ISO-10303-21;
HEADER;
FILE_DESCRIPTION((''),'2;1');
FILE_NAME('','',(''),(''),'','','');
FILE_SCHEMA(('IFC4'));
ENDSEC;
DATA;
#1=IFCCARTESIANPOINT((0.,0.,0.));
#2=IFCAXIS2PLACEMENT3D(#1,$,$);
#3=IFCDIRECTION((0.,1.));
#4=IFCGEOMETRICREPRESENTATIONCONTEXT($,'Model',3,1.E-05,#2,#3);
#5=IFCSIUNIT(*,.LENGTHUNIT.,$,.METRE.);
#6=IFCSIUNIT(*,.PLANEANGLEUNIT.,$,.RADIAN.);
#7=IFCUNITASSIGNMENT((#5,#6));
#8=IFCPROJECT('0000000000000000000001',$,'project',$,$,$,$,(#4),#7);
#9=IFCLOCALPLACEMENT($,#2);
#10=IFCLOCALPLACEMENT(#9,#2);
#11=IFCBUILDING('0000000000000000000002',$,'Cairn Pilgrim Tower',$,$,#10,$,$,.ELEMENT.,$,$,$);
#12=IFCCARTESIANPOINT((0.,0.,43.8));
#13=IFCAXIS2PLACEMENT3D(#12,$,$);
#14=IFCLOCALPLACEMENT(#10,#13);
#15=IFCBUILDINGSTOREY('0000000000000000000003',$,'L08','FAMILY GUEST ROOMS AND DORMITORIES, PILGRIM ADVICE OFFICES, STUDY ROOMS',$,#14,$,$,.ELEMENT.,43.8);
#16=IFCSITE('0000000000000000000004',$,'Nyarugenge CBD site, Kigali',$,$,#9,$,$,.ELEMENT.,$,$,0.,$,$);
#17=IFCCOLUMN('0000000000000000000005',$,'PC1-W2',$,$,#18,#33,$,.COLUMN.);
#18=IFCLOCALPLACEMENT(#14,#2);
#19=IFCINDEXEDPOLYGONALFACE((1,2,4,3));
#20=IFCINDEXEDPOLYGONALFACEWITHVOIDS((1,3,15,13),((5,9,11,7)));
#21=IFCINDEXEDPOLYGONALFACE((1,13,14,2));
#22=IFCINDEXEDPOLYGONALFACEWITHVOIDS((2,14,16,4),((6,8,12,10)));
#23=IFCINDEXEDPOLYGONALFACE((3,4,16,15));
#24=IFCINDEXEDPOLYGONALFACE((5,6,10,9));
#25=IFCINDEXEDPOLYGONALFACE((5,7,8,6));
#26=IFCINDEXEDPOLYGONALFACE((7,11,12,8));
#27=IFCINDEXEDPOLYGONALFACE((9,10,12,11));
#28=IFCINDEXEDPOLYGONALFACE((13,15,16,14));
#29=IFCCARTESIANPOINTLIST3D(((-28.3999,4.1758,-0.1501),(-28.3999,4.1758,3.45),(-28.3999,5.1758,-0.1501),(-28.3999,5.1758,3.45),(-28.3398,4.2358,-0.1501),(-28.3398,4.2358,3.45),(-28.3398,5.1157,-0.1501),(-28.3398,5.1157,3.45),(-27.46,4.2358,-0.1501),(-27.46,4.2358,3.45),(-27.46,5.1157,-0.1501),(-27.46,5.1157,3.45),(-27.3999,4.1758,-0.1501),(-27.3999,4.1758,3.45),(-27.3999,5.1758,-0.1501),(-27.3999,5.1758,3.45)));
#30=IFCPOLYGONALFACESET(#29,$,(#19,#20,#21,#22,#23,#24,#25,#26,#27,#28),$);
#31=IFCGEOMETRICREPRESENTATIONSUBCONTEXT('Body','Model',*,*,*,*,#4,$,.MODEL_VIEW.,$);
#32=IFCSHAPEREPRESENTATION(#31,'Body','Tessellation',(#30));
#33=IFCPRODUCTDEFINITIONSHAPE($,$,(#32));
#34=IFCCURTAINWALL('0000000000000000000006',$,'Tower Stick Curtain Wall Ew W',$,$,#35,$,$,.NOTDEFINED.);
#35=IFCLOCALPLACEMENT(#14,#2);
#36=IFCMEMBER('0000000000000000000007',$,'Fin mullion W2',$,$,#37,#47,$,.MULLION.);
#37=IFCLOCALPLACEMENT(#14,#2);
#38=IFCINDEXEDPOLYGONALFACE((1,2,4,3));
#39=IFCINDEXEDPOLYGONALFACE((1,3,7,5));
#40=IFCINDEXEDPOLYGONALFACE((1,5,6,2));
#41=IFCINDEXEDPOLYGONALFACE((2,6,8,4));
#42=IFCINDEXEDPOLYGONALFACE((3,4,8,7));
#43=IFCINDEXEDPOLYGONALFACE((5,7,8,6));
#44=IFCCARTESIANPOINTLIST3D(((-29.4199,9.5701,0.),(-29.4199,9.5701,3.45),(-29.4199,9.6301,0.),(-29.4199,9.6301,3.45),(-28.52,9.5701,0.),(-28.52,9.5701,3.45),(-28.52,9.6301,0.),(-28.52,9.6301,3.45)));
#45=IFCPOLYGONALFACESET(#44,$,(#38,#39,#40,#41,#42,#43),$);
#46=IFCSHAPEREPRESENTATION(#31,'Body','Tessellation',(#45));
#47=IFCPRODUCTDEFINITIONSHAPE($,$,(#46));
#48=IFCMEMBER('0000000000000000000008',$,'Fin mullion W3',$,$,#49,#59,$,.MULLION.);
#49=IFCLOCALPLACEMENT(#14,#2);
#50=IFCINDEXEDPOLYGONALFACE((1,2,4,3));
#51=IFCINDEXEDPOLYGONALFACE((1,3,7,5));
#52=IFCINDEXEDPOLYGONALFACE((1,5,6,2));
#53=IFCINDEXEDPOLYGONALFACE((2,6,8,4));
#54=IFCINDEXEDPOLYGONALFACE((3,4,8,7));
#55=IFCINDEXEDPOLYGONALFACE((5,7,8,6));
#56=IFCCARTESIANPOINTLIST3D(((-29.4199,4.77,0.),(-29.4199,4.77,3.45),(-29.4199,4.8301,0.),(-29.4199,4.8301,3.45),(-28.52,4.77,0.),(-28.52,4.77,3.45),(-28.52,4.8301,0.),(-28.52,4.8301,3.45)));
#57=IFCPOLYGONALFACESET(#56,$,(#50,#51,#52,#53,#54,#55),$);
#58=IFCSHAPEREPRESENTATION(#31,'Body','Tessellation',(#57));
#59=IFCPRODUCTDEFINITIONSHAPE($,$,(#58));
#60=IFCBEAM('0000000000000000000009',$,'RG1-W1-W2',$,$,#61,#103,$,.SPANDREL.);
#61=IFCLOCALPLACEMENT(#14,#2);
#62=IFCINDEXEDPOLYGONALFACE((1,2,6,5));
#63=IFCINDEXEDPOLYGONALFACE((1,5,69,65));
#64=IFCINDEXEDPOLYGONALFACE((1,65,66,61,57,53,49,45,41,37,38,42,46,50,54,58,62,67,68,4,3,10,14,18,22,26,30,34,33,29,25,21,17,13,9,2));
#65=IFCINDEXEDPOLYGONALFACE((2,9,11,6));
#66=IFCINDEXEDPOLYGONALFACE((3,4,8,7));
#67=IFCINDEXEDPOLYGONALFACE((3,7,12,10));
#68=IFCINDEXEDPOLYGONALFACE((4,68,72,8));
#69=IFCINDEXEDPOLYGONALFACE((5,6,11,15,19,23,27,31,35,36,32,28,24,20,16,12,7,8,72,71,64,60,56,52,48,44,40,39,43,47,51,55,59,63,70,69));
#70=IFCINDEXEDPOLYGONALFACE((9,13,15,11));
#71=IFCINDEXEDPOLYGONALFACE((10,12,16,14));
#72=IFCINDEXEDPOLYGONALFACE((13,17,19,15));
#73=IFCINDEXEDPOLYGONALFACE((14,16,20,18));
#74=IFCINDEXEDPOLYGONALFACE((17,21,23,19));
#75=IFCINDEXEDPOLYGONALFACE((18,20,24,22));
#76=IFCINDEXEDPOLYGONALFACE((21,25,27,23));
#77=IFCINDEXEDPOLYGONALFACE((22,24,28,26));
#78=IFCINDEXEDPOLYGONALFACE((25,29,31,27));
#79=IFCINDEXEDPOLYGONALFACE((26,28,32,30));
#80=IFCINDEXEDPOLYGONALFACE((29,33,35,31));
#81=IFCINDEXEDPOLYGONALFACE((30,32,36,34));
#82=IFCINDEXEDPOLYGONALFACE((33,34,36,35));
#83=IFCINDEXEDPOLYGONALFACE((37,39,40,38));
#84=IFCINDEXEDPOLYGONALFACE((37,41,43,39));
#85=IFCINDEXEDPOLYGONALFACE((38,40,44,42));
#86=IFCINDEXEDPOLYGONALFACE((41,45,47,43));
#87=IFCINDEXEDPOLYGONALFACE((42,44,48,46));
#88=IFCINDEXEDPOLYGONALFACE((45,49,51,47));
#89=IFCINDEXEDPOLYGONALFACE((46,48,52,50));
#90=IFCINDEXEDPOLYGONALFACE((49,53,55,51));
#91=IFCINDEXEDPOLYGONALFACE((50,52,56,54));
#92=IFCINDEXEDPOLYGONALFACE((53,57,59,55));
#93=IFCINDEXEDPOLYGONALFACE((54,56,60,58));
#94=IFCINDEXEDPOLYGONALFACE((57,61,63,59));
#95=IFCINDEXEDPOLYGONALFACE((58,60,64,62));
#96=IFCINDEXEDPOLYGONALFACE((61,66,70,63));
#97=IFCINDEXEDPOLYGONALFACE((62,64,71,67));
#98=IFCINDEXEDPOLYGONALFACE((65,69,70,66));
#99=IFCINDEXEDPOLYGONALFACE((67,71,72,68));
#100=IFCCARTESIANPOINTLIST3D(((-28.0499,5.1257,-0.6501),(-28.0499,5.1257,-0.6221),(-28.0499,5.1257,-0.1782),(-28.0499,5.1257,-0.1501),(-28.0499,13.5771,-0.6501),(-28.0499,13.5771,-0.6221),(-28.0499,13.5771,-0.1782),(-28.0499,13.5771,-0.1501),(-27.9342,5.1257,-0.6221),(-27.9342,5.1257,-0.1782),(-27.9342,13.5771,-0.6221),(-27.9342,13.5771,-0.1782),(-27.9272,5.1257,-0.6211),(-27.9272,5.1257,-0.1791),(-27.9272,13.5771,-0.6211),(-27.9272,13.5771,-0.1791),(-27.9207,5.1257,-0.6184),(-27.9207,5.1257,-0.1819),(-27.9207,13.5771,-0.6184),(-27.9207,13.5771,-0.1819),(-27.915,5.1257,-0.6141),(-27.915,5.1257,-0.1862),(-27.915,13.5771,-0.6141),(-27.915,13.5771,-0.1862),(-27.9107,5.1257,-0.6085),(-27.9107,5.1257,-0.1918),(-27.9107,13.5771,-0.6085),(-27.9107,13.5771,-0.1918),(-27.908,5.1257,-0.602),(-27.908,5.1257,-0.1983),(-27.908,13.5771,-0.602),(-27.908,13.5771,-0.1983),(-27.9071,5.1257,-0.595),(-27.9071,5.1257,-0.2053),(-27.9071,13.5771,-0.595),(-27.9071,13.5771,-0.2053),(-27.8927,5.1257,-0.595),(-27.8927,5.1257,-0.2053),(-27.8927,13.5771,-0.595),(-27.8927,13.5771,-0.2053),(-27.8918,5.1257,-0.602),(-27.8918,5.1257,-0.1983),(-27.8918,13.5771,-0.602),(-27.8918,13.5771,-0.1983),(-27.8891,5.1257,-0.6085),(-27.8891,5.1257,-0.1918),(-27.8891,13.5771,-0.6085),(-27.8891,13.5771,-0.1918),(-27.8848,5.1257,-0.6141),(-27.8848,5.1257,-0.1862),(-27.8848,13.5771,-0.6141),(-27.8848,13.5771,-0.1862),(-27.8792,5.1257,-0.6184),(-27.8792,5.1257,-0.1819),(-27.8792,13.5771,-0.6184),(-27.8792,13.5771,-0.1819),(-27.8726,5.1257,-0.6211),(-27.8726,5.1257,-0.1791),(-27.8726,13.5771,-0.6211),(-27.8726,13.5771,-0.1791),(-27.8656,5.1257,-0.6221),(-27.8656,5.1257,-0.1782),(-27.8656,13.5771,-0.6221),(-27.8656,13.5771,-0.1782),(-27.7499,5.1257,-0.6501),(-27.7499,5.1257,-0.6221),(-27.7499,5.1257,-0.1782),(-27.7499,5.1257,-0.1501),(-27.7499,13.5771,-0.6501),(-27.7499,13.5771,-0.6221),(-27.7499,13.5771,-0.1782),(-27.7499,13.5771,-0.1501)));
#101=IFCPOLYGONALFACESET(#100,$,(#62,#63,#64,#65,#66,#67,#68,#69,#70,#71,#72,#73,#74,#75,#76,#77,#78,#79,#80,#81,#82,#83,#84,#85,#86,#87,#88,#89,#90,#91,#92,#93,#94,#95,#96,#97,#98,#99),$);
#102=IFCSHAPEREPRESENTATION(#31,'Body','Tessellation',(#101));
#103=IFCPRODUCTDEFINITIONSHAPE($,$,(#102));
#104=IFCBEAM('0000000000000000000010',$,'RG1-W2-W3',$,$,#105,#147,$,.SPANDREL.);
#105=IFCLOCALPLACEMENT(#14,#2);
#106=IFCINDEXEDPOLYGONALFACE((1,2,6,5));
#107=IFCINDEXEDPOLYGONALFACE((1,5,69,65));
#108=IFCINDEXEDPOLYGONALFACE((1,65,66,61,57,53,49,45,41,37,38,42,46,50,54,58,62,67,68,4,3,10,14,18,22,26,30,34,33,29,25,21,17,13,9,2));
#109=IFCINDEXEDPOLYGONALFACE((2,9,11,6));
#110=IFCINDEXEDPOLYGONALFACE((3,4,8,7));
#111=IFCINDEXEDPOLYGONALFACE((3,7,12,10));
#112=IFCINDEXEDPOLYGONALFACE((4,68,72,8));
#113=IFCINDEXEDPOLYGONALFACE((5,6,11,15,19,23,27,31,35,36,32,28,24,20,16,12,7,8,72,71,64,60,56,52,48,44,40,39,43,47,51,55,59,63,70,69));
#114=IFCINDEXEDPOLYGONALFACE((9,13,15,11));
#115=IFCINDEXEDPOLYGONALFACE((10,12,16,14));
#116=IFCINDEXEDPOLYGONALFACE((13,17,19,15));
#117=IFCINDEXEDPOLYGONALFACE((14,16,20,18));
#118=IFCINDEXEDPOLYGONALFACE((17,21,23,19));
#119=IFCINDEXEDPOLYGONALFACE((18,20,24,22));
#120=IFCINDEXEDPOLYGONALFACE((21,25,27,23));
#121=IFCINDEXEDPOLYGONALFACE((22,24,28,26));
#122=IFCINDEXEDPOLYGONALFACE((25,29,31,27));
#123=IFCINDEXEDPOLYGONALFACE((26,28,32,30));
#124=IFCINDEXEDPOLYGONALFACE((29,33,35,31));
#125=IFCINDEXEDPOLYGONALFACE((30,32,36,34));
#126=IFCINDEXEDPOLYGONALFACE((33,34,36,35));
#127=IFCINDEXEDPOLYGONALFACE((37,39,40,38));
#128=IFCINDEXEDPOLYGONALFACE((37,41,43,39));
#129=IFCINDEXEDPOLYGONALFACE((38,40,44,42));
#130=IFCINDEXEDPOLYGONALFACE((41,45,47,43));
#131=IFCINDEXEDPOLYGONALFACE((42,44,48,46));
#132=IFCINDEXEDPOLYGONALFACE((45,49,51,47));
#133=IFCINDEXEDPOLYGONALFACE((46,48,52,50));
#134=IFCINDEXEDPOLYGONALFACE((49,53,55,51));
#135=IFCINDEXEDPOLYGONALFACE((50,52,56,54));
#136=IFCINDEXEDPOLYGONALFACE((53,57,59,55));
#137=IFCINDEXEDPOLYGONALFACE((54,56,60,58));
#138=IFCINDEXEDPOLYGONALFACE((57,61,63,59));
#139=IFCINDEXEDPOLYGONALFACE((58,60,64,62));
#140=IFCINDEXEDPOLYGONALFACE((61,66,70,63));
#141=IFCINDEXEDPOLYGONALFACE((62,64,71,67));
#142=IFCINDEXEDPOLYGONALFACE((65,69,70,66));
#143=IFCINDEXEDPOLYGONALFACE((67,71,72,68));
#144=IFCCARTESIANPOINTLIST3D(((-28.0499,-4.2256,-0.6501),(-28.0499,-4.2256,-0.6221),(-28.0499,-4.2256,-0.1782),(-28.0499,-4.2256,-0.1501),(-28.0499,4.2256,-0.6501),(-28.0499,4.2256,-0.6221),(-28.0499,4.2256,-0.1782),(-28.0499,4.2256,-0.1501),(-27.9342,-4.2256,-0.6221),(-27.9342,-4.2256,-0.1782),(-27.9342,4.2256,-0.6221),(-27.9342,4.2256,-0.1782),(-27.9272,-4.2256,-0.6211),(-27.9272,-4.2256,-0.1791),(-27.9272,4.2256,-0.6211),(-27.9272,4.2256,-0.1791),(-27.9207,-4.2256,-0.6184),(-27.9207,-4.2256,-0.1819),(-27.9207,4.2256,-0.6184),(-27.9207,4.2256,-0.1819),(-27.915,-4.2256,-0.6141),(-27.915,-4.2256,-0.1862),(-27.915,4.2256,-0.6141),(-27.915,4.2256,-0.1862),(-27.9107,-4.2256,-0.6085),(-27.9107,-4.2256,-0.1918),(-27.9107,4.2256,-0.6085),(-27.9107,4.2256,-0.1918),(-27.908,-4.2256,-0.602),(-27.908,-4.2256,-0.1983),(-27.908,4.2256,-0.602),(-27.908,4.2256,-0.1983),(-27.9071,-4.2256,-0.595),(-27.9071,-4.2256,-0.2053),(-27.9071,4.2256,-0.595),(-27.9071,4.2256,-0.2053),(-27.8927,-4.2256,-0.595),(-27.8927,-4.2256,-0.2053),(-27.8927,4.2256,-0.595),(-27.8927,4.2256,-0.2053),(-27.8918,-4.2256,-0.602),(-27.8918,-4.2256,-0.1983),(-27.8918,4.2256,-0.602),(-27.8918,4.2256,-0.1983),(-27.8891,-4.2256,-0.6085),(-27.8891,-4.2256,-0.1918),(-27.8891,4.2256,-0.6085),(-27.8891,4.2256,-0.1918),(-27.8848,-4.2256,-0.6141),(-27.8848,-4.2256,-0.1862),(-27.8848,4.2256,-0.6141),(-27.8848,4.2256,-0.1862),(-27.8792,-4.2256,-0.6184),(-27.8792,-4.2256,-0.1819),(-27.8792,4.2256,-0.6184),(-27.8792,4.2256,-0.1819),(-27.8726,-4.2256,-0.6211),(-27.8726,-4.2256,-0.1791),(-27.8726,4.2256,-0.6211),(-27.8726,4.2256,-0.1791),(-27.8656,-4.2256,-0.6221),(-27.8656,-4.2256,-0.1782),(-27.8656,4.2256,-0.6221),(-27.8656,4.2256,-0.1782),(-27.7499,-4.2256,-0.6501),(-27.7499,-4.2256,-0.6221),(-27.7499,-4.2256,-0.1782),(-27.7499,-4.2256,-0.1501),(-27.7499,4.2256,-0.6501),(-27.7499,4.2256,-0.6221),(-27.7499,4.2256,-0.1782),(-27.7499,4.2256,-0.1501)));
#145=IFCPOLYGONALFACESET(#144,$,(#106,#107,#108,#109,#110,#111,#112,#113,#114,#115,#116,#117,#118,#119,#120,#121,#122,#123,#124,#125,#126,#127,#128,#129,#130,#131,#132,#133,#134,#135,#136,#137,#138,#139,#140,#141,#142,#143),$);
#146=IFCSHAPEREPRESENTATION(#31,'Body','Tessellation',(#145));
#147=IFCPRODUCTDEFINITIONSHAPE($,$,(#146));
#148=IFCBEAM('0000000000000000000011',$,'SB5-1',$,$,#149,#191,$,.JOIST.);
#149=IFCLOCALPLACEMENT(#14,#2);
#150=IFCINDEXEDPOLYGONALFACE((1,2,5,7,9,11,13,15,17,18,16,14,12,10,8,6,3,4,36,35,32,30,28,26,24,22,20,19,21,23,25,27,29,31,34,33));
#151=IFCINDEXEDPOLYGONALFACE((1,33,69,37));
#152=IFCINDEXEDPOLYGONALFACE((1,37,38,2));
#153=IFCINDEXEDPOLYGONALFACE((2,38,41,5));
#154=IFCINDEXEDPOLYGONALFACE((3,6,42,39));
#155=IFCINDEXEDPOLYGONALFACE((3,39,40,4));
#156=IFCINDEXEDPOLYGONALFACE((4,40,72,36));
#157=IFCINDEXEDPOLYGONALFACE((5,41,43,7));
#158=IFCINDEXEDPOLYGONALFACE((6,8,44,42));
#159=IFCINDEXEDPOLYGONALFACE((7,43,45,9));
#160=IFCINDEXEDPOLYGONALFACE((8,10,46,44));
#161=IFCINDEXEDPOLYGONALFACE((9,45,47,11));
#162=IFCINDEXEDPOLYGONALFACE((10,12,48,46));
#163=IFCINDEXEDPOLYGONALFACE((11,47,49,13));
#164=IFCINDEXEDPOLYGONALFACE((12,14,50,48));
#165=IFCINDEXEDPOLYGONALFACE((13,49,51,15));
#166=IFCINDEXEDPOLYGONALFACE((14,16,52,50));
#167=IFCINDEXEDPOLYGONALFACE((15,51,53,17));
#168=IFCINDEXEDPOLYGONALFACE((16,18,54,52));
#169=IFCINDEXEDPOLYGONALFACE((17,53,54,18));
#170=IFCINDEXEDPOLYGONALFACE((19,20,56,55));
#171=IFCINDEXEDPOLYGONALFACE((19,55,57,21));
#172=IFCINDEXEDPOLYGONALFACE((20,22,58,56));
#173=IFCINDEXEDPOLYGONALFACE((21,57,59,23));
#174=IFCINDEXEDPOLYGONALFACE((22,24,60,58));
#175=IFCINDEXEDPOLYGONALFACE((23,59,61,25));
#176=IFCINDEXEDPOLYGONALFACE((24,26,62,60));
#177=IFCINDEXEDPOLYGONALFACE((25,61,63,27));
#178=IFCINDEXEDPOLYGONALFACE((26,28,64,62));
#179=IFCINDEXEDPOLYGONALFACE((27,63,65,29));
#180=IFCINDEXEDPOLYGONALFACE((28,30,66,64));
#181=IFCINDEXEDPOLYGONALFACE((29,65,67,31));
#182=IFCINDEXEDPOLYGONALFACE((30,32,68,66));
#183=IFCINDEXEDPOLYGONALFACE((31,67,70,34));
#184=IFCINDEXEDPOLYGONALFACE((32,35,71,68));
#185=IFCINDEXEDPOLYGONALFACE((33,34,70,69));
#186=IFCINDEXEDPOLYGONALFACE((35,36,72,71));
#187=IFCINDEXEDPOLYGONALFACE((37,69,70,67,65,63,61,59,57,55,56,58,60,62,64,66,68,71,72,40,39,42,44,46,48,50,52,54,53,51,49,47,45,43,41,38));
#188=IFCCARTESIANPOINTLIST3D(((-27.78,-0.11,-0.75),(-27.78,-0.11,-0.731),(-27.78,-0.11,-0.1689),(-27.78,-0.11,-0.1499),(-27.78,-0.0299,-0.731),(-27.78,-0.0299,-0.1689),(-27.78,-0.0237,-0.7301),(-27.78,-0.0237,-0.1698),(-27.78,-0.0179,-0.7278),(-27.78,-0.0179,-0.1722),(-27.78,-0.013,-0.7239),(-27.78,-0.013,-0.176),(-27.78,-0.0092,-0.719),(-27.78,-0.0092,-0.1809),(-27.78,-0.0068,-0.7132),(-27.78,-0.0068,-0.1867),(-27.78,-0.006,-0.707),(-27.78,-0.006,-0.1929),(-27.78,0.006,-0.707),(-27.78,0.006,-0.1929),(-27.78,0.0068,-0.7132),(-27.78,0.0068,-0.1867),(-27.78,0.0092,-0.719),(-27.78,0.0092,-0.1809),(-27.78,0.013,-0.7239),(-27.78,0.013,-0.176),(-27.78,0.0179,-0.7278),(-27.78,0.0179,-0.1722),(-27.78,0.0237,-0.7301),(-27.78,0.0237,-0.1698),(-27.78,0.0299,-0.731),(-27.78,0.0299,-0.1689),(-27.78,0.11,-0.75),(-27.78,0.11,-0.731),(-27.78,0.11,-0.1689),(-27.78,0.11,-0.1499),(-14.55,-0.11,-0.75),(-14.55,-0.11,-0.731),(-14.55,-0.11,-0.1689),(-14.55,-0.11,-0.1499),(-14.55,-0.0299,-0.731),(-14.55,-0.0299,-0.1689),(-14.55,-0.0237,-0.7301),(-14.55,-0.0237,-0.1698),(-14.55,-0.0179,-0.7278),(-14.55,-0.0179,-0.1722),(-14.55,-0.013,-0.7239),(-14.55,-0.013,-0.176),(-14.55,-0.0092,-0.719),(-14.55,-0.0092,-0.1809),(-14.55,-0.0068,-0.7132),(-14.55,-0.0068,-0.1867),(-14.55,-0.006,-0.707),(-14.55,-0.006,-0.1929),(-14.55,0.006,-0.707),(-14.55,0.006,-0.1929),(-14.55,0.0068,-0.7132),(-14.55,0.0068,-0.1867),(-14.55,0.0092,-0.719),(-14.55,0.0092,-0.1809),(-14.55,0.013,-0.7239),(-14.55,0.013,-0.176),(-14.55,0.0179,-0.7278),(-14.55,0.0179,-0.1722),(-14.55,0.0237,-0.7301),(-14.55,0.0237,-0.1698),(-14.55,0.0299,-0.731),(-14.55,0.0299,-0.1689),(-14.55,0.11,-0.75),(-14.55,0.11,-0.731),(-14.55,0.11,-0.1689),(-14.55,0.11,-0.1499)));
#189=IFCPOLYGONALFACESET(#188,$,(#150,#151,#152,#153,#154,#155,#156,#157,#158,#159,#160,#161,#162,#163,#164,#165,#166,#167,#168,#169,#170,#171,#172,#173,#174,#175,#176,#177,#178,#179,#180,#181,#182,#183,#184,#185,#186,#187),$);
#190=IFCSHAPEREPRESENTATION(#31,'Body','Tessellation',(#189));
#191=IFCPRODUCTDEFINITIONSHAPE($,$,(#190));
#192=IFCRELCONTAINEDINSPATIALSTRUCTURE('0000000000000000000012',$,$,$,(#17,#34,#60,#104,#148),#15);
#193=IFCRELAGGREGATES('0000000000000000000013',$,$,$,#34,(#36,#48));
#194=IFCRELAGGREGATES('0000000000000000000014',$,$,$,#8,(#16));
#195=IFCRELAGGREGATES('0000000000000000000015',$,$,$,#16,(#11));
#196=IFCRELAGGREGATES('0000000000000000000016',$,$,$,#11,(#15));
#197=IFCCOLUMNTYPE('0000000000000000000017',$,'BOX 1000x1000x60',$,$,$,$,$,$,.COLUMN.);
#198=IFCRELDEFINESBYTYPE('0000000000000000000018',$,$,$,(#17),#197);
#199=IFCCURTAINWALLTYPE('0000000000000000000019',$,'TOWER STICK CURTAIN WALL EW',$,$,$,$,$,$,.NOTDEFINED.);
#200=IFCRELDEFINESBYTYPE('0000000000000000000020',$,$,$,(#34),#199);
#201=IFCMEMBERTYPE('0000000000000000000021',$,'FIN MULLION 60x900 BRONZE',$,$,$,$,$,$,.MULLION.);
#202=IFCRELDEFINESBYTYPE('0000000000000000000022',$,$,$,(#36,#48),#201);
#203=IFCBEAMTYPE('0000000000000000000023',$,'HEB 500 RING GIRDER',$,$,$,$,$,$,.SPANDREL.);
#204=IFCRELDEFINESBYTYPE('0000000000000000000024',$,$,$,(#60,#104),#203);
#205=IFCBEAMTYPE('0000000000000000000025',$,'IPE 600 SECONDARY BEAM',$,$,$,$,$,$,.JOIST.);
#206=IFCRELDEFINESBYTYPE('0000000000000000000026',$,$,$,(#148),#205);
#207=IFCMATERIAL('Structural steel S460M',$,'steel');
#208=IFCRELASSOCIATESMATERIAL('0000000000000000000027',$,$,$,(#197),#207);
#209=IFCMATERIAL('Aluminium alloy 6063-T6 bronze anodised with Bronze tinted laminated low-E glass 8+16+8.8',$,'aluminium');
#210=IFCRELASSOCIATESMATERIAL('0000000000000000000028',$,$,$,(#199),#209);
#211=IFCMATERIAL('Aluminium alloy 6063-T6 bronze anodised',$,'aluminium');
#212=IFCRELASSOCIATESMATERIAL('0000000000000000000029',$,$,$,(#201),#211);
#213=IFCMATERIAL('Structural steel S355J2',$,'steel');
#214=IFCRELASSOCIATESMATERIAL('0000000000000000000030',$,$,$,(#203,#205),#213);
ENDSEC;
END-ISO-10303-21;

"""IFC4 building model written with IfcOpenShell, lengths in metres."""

from ifc_helpers import new_model, si_unit, direction, frame, origin, origin_2d, place, context, subcontext, project, spatial, rectangle, hollow_rectangle, i_section, extrude, material, material_profile, profile_set, type_object, element, aggregate, save


model = new_model("IFC4")

# Units and contexts
model_context = context("Model", 3, precision=1e-05, world=origin(), true_north=direction((0.0, 1.0)))
body_context = subcontext(model_context, "Body", "Model", "MODEL_VIEW")
ifc_project = project(units=[si_unit("LENGTHUNIT", "METRE"), si_unit("PLANEANGLEUNIT", "RADIAN")], contexts=[model_context])

# Site, building, storey
site_placement = place(None, origin())
site = spatial("IfcSite", under=ifc_project, at=site_placement, Name="Nyarugenge CBD site, Kigali", CompositionType="ELEMENT", RefElevation=0.0)
building_placement = place(site_placement, origin())
building = spatial("IfcBuilding", under=site, at=building_placement, Name="Cairn Pilgrim Tower", CompositionType="ELEMENT")
storey_placement = place(building_placement, frame((0.0, 0.0, 43.8)))
storey = spatial("IfcBuildingStorey", under=building, at=storey_placement, Name="L08", Description="FAMILY GUEST ROOMS AND DORMITORIES, PILGRIM ADVICE OFFICES, STUDY ROOMS", CompositionType="ELEMENT", Elevation=43.8)

# Column
ifc_material_1 = material(Name="Structural steel S460M", Category="steel")
ifc_material_profile_1 = material_profile(ifc_material_1, hollow_rectangle(XDim=1.0, YDim=1.0, WallThickness=0.0601, at=origin_2d()), Name="BOX 1000x1000x60")
ifc_profile_set_1 = profile_set([ifc_material_profile_1], Name="Structural steel S460M")
column_type = type_object("IfcColumnType", Name="BOX 1000x1000x60", PredefinedType="COLUMN", material=ifc_profile_set_1)
column_placement = place(storey_placement, frame((-27.8999, 4.6758, -0.1501), z_axis=(0.0, 0.0, 1.0), x_axis=(1.0, 0.0, 0.0)))
element("IfcColumn", 1, at=column_placement, inside=storey, type_object=column_type, Name="PC1-W2", PredefinedType="COLUMN", context=body_context, shape_type="SweptSolid", body=[
    extrude(hollow_rectangle(XDim=1.0, YDim=1.0, WallThickness=0.0601, at=origin_2d()), origin(), (0.0, 0.0, 1.0), 3.6001),
])

# Curtain wall, members
ifc_material_2 = material(Name="Aluminium alloy 6063-T6 bronze anodised with Bronze tinted laminated low-E glass 8+16+8.8", Category="aluminium")
curtain_wall_type = type_object("IfcCurtainWallType", Name="TOWER STICK CURTAIN WALL EW", PredefinedType="NOTDEFINED", material=ifc_material_2)
curtain_wall_placement = place(storey_placement, origin())
curtain_wall = element("IfcCurtainWall", 2, at=curtain_wall_placement, inside=storey, type_object=curtain_wall_type, Name="Tower Stick Curtain Wall Ew W", PredefinedType="NOTDEFINED")
ifc_material_3 = material(Name="Aluminium alloy 6063-T6 bronze anodised", Category="aluminium")
ifc_material_profile_2 = material_profile(ifc_material_3, rectangle(XDim=0.8999, YDim=0.0601, at=origin_2d()), Name="FIN MULLION 60x900 BRONZE")
ifc_profile_set_2 = profile_set([ifc_material_profile_2], Name="Aluminium alloy 6063-T6 bronze anodised")
member_type_1 = type_object("IfcMemberType", Name="FIN MULLION 60x900 BRONZE", PredefinedType="MULLION", material=ifc_profile_set_2)
member_1_placement = place(storey_placement, frame((-28.97, 9.6001, 0.0), z_axis=(0.0, 0.0, 1.0), x_axis=(-1.0, 0.0, 0.0)))
member_1 = element("IfcMember", 3, at=member_1_placement, type_object=member_type_1, Name="Fin mullion W2", PredefinedType="MULLION", context=body_context, shape_type="SweptSolid", body=[
    extrude(rectangle(XDim=0.8999, YDim=0.0601, at=origin_2d()), origin(), (0.0, 0.0, 1.0), 3.45),
])
member_2_placement = place(storey_placement, frame((-28.97, 4.8, 0.0), z_axis=(0.0, 0.0, 1.0), x_axis=(-1.0, 0.0, 0.0)))
member_2 = element("IfcMember", 4, at=member_2_placement, type_object=member_type_1, Name="Fin mullion W3", PredefinedType="MULLION", context=body_context, shape_type="SweptSolid", body=[
    extrude(rectangle(XDim=0.8999, YDim=0.0601, at=origin_2d()), origin(), (0.0, 0.0, 1.0), 3.45),
])

# Beams
ifc_material_4 = material(Name="Structural steel S355J2", Category="steel")
ifc_material_profile_3 = material_profile(ifc_material_4, i_section(OverallWidth=0.3, OverallDepth=0.5, WebThickness=0.0144, FlangeThickness=0.0281, FilletRadius=0.0271, at=origin_2d()), Name="HEB 500")
ifc_profile_set_3 = profile_set([ifc_material_profile_3], Name="Structural steel S355J2")
beam_type_1 = type_object("IfcBeamType", Name="HEB 500 RING GIRDER", PredefinedType="SPANDREL", material=ifc_profile_set_3)
beam_1_placement = place(storey_placement, frame((-27.8999, 13.5771, -0.4001), z_axis=(0.0, -1.0, 0.0), x_axis=(1.0, 0.0, 0.0)))
element("IfcBeam", 5, at=beam_1_placement, inside=storey, type_object=beam_type_1, Name="RG1-W1-W2", PredefinedType="SPANDREL", context=body_context, shape_type="SweptSolid", body=[
    extrude(i_section(OverallWidth=0.3, OverallDepth=0.5, WebThickness=0.0144, FlangeThickness=0.0281, FilletRadius=0.0271, at=origin_2d()), origin(), (0.0, 0.0, 1.0), 8.4514),
])
beam_2_placement = place(storey_placement, frame((-27.8999, 4.2256, -0.4001), z_axis=(0.0, -1.0, 0.0), x_axis=(1.0, 0.0, 0.0)))
element("IfcBeam", 6, at=beam_2_placement, inside=storey, type_object=beam_type_1, Name="RG1-W2-W3", PredefinedType="SPANDREL", context=body_context, shape_type="SweptSolid", body=[
    extrude(i_section(OverallWidth=0.3, OverallDepth=0.5, WebThickness=0.0144, FlangeThickness=0.0281, FilletRadius=0.0271, at=origin_2d()), origin(), (0.0, 0.0, 1.0), 8.4512),
])
ifc_material_profile_4 = material_profile(ifc_material_4, i_section(OverallWidth=0.22, OverallDepth=0.6001, WebThickness=0.012, FlangeThickness=0.019, FilletRadius=0.0239, at=origin_2d()), Name="IPE 600")
ifc_profile_set_4 = profile_set([ifc_material_profile_4], Name="Structural steel S355J2")
beam_type_2 = type_object("IfcBeamType", Name="IPE 600 SECONDARY BEAM", PredefinedType="JOIST", material=ifc_profile_set_4)
beam_3_placement = place(storey_placement, frame((-27.78, 0.0, -0.45), z_axis=(1.0, 0.0, 0.0), x_axis=(0.0, 1.0, 0.0)))
element("IfcBeam", 7, at=beam_3_placement, inside=storey, type_object=beam_type_2, Name="SB5-1", PredefinedType="JOIST", context=body_context, shape_type="SweptSolid", body=[
    extrude(i_section(OverallWidth=0.22, OverallDepth=0.6001, WebThickness=0.012, FlangeThickness=0.019, FilletRadius=0.0239, at=origin_2d()), origin(), (0.0, 0.0, 1.0), 13.23),
])

aggregate(curtain_wall, [member_1, member_2])

save(model, "model.ifc")
